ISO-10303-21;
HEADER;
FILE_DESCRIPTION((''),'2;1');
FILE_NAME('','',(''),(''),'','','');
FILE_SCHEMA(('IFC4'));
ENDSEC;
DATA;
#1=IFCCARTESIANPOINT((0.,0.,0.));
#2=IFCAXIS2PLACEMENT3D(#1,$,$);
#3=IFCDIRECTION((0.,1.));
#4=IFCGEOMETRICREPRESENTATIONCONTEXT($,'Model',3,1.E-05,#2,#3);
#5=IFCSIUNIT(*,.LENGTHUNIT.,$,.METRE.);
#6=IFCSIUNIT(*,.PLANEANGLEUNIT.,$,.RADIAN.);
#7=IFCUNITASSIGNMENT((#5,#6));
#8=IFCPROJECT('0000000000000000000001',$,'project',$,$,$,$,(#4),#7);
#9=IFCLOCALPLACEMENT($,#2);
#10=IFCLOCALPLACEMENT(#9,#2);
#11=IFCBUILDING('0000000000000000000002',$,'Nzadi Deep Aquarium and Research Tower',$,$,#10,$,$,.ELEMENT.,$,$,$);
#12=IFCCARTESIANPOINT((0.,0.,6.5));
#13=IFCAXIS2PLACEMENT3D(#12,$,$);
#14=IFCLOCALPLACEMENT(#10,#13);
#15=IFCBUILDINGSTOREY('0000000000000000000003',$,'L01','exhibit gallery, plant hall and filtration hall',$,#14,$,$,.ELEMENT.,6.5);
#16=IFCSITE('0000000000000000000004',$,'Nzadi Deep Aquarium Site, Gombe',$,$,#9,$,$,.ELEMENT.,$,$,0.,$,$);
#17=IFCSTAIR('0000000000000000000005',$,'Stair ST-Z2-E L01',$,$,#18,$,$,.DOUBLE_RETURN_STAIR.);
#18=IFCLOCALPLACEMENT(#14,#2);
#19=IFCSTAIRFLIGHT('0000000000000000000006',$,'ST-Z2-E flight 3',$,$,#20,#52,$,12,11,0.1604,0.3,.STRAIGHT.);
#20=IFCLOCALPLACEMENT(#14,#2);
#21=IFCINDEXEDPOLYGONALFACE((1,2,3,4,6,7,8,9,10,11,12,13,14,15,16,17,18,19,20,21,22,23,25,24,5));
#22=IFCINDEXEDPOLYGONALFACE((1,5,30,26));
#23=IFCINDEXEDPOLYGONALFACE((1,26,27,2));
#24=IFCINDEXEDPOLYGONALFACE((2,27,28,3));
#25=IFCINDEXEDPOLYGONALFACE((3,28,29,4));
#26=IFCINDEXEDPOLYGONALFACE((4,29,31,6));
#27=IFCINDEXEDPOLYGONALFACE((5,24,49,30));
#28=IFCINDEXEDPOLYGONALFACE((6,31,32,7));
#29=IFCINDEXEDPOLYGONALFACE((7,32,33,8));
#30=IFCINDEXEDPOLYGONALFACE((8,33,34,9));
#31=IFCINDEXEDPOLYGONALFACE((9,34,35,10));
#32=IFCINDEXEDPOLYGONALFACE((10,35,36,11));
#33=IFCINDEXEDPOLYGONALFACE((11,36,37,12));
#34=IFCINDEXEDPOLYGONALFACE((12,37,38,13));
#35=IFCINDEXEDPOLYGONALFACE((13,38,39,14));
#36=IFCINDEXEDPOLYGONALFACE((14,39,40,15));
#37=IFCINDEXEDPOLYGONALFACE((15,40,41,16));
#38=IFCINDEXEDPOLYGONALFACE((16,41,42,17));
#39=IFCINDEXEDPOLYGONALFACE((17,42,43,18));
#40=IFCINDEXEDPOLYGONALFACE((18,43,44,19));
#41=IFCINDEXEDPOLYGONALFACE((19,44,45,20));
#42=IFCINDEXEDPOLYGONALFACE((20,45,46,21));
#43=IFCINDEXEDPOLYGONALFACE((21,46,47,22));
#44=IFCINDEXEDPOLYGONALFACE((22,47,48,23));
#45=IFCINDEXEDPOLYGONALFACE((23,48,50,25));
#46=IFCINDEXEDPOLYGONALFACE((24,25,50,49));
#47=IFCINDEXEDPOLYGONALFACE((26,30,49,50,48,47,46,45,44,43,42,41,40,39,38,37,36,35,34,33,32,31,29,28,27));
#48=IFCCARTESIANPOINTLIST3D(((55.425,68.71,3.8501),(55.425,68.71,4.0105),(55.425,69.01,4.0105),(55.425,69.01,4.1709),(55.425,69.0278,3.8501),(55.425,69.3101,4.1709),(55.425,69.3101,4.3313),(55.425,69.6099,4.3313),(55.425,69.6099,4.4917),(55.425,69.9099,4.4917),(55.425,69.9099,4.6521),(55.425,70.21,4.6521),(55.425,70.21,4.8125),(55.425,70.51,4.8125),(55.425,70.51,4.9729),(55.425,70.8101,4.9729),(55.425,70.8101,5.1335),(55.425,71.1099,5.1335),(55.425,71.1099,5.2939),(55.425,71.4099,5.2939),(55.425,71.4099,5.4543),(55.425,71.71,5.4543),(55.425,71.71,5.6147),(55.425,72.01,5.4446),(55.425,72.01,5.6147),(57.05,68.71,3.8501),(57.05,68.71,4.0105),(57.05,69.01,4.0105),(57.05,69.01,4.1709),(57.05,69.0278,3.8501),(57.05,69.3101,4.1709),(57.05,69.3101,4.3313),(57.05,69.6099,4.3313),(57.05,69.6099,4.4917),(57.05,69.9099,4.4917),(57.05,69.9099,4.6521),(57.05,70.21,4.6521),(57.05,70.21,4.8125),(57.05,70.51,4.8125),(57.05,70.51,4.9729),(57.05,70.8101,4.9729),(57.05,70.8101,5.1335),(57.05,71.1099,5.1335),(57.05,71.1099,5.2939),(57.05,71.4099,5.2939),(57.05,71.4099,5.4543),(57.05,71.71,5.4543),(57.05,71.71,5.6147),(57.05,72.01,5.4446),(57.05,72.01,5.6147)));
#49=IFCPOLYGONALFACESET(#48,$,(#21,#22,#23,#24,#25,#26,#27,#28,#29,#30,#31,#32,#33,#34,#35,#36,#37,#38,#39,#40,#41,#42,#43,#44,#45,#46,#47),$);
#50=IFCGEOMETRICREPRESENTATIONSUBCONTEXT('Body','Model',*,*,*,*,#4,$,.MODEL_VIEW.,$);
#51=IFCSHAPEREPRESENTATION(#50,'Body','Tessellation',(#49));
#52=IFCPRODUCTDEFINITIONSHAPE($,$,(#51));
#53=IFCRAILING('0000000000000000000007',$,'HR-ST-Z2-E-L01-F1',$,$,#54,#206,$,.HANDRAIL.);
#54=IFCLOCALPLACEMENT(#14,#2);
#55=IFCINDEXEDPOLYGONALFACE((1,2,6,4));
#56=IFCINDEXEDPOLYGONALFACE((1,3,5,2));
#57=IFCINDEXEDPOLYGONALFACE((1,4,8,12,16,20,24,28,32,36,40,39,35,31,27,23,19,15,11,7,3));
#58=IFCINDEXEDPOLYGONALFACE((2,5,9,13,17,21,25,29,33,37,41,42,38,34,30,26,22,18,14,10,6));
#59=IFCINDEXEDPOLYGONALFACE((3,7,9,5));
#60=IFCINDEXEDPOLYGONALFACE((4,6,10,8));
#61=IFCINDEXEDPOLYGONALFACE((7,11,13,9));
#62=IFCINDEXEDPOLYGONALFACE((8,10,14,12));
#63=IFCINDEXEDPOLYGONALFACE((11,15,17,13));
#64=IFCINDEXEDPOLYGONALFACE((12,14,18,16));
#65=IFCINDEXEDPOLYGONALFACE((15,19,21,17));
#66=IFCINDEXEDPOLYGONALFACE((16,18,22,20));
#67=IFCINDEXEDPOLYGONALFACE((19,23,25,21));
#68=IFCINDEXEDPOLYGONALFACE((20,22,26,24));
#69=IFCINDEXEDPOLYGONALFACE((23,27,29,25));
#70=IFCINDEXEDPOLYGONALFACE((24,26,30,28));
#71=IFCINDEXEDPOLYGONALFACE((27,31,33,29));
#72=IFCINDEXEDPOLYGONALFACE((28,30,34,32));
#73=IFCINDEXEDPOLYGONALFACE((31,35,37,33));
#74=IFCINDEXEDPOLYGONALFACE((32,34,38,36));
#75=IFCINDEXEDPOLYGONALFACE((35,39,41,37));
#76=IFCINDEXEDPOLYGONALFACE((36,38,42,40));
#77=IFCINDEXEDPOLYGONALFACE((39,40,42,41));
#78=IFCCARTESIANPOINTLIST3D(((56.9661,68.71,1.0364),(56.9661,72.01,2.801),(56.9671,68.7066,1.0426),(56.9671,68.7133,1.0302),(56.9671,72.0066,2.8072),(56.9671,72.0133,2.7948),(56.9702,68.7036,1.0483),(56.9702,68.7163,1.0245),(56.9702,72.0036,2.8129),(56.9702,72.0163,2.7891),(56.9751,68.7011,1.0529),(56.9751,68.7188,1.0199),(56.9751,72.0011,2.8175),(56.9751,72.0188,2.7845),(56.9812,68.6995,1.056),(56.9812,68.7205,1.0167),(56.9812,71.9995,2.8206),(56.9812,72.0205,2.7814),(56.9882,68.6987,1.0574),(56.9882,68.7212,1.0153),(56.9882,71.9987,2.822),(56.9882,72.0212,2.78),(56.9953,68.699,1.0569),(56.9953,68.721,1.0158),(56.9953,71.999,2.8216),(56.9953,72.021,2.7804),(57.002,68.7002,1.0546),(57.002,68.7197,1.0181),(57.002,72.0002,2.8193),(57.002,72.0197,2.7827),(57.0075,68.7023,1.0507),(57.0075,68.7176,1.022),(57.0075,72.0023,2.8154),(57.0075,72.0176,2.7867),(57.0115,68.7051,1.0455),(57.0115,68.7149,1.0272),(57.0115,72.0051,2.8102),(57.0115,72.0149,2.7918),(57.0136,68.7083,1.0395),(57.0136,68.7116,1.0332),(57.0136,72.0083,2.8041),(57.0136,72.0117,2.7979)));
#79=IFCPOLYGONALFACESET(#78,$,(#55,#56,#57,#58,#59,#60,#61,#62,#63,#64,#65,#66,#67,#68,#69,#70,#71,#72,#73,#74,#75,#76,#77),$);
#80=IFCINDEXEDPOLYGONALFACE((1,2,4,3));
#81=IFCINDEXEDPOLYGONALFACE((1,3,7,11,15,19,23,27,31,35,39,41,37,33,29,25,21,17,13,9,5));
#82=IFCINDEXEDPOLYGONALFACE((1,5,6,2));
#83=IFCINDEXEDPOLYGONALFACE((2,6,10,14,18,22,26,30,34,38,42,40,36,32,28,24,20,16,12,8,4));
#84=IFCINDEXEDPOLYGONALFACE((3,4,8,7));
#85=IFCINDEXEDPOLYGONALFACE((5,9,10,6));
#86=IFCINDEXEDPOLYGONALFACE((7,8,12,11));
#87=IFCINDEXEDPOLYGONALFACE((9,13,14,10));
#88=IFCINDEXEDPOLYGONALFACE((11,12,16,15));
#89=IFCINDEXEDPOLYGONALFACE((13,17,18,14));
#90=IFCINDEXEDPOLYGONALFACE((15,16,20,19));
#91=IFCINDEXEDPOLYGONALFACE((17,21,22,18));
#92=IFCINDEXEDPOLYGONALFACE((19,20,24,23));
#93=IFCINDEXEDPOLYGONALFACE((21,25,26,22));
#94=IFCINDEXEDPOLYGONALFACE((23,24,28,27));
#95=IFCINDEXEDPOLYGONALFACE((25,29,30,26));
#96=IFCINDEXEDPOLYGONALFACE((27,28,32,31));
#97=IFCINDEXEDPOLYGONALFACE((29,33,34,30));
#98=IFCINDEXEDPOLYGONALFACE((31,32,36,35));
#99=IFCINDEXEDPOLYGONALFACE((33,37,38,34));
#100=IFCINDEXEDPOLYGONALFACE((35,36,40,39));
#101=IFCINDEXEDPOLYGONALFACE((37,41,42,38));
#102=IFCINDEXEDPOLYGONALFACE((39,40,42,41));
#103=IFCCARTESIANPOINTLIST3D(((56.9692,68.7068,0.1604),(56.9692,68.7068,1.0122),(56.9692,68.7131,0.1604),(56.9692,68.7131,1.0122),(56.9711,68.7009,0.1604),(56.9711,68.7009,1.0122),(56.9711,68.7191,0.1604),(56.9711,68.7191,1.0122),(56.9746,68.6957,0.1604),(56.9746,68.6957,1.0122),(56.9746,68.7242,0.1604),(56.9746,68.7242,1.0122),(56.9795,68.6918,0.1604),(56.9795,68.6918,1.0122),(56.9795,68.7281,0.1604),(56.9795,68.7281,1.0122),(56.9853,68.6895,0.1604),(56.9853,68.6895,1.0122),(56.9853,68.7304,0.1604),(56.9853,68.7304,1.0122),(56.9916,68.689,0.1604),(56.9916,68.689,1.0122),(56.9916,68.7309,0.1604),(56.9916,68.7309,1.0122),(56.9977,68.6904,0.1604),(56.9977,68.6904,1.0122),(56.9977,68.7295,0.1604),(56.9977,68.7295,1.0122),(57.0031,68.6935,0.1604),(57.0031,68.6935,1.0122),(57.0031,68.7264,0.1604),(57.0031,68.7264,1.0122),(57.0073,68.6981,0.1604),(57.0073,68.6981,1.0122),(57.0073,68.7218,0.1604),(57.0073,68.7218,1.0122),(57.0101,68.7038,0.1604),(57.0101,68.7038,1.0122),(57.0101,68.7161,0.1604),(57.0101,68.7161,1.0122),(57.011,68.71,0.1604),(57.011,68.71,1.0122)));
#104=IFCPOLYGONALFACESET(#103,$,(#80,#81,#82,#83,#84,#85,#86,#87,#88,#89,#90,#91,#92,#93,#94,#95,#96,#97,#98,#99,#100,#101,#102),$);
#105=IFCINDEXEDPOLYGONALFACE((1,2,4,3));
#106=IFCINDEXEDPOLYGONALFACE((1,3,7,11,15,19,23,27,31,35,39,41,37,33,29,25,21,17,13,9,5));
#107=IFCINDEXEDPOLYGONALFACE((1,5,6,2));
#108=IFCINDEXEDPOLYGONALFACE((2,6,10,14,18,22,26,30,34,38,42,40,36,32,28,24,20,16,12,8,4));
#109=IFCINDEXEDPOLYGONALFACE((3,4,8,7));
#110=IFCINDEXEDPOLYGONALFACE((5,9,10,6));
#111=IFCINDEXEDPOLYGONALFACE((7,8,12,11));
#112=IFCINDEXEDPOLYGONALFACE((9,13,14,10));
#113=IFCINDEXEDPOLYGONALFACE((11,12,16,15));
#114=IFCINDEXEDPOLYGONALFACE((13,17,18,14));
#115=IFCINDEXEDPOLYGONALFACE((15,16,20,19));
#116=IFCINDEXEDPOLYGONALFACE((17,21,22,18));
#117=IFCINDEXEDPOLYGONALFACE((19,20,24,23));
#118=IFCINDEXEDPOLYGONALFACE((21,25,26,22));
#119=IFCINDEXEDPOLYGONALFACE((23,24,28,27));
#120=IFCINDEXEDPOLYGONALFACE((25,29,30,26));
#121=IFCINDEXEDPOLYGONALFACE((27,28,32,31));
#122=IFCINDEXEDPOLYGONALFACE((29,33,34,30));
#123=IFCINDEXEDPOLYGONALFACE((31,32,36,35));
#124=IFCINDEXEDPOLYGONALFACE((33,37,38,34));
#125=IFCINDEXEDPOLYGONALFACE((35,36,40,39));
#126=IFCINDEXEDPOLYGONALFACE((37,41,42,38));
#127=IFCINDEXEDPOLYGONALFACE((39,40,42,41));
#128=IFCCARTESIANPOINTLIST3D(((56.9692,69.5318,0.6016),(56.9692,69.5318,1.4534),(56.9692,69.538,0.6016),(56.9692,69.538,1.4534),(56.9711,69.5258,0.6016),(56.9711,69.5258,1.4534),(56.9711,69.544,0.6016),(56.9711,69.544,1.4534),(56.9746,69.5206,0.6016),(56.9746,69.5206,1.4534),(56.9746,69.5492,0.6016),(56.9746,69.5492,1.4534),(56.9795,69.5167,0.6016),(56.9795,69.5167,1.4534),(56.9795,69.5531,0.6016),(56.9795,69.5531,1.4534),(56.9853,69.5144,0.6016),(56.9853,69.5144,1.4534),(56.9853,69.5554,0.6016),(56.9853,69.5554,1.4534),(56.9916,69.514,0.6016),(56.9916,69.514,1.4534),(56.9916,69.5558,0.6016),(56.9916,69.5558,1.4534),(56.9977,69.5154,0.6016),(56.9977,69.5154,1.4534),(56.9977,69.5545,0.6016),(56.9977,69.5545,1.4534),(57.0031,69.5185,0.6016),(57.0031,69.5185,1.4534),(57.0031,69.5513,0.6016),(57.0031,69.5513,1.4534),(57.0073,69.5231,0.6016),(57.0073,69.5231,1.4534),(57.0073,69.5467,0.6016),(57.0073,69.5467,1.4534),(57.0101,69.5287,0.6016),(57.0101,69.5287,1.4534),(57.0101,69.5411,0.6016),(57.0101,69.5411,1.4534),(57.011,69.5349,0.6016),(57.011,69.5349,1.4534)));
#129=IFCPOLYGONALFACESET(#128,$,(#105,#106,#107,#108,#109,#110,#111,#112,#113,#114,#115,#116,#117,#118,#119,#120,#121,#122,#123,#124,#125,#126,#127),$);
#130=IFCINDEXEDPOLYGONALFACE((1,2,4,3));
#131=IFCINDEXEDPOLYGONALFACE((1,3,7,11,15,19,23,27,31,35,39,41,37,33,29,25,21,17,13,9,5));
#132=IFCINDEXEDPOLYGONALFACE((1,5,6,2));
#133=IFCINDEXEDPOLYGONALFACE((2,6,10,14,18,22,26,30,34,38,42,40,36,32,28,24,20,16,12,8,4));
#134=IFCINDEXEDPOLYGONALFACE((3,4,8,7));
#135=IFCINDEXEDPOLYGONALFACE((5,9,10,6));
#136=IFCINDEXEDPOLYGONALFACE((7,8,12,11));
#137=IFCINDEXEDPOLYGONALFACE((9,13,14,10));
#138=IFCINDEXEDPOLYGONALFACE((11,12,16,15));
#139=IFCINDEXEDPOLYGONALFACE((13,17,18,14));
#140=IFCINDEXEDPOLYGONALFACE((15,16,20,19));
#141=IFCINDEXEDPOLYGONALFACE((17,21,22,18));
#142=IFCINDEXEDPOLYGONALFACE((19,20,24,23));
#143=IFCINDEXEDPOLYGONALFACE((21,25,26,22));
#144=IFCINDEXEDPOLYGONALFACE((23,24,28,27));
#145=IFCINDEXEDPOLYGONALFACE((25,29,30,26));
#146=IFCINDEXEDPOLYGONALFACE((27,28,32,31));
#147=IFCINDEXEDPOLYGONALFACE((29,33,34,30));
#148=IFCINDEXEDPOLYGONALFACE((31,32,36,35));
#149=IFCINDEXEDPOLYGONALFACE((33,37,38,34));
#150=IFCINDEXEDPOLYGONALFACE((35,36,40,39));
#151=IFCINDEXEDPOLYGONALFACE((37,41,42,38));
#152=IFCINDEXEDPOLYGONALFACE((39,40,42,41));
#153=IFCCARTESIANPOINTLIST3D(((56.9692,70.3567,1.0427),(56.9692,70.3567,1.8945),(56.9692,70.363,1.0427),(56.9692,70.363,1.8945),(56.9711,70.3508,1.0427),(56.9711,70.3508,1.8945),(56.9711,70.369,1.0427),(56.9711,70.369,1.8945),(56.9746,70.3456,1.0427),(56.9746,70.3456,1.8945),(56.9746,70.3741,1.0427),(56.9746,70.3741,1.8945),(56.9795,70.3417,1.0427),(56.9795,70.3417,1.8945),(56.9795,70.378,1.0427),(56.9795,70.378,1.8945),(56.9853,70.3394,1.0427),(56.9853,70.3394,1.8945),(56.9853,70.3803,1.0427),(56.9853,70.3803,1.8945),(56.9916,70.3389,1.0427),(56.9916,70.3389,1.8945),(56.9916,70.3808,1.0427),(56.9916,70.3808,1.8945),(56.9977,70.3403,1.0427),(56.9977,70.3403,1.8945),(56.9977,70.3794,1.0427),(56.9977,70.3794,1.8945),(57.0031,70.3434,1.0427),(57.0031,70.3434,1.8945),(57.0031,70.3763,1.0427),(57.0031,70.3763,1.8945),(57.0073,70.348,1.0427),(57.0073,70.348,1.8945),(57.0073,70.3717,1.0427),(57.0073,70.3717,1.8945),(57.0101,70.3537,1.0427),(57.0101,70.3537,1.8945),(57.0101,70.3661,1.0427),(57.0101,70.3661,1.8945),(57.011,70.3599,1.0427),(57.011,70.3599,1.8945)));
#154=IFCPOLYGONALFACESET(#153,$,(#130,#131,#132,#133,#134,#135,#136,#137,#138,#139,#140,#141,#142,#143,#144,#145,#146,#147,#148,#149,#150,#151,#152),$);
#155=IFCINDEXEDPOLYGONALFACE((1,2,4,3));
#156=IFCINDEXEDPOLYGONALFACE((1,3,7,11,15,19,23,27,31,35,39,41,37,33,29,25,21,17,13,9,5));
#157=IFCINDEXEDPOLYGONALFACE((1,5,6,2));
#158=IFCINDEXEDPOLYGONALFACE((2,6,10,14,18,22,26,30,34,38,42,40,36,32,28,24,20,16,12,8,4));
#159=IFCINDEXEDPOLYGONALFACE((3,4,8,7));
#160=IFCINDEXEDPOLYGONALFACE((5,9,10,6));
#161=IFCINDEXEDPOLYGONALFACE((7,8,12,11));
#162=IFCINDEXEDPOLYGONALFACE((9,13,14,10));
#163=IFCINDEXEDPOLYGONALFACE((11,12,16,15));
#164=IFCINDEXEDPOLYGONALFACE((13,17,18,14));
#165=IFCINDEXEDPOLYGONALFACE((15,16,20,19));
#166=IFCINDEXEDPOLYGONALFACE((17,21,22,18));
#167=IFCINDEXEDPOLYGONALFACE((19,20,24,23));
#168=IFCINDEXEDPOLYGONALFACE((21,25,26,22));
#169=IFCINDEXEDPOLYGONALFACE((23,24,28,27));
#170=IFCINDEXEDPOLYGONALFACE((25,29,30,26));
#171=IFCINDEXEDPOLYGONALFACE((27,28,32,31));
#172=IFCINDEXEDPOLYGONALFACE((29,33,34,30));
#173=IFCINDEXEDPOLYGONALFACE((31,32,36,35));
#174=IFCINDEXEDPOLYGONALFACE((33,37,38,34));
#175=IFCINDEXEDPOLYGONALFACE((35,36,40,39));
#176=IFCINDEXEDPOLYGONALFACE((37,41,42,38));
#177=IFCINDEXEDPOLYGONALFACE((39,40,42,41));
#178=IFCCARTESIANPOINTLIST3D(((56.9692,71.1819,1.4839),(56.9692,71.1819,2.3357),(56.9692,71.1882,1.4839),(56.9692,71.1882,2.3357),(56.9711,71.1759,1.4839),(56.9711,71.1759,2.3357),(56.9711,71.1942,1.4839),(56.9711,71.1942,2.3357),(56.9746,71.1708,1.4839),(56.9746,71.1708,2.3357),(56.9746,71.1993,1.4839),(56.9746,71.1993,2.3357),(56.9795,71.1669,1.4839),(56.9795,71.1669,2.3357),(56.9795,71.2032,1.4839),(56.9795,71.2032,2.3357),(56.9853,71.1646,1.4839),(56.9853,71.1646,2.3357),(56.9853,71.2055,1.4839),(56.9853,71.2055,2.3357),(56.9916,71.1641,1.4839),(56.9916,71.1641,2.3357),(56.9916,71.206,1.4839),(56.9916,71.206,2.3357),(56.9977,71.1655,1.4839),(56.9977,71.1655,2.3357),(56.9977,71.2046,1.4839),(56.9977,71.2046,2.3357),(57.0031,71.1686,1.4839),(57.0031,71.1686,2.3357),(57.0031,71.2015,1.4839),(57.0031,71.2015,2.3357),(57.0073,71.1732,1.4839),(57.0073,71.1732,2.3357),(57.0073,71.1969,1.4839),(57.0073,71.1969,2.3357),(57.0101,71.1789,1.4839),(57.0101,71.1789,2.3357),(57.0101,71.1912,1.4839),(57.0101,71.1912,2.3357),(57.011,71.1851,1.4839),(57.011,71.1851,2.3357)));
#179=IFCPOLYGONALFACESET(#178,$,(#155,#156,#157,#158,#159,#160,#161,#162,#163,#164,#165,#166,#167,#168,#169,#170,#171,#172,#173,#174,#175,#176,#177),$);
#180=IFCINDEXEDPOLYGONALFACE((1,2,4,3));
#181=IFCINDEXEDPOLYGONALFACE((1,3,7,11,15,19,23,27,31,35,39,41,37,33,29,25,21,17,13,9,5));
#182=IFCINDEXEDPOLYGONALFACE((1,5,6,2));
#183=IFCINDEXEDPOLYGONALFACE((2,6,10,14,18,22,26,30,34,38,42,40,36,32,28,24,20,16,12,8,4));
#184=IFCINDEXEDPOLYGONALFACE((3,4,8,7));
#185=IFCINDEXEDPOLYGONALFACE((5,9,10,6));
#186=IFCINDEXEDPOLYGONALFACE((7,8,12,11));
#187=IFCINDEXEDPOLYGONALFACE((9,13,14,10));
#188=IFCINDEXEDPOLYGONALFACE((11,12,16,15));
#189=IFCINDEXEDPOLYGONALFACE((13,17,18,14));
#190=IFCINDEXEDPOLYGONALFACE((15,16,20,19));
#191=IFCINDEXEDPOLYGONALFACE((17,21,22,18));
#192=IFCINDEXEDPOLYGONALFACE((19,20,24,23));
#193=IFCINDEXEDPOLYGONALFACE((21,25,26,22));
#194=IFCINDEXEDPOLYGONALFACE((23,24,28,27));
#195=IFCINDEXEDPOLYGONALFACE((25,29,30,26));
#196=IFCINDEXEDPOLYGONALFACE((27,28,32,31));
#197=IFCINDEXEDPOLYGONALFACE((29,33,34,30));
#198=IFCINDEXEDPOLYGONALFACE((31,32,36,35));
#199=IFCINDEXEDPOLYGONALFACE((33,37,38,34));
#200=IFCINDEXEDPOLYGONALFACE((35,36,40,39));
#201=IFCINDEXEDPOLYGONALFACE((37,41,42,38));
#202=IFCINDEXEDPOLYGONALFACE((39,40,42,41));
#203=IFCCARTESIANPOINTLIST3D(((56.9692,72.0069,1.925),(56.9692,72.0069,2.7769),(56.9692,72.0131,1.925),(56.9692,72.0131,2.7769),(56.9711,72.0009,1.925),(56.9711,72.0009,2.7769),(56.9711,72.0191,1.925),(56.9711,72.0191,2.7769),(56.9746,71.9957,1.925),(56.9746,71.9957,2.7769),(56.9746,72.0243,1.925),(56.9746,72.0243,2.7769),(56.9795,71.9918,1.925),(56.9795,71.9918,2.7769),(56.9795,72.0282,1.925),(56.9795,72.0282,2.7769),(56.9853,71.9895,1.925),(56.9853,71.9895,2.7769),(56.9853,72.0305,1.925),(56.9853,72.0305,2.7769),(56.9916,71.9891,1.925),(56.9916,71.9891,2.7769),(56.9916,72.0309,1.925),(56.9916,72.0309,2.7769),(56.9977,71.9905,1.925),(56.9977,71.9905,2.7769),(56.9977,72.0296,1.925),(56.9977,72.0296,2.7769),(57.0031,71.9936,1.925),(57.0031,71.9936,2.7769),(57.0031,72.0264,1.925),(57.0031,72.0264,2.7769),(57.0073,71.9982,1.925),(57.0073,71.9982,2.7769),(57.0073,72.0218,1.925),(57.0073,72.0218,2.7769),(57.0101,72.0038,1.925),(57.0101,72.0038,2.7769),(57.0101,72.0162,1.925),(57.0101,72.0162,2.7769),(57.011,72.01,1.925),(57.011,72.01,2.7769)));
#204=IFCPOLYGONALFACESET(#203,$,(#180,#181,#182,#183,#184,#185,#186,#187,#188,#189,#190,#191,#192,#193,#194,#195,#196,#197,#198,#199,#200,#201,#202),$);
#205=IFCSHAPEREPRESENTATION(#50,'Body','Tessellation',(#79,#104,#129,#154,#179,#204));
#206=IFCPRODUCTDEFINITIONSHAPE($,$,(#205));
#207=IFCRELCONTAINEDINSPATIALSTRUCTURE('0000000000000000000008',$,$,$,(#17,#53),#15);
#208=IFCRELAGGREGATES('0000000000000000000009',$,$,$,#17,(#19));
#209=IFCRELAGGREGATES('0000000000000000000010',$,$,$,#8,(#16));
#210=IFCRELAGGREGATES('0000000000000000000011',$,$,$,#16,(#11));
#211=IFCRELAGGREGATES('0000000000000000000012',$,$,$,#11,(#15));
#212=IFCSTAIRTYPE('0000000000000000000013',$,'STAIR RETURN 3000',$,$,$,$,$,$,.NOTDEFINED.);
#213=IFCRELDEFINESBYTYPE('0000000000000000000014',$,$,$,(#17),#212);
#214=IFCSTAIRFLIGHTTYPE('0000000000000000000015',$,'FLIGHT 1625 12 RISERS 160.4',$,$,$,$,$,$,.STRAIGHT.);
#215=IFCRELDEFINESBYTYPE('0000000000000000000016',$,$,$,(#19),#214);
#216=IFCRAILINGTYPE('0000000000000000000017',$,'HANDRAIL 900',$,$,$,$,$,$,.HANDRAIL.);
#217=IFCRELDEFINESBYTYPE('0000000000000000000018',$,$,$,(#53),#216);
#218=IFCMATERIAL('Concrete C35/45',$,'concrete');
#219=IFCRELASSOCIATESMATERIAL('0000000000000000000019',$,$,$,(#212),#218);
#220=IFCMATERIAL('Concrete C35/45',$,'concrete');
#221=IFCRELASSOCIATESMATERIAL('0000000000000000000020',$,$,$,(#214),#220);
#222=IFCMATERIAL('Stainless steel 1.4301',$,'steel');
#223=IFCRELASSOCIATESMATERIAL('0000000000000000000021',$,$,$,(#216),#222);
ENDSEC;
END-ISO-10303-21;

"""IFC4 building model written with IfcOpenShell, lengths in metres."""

from ifc_helpers import new_model, si_unit, direction, frame, origin, origin_2d, place, context, subcontext, project, spatial, polyline, circle, outline, extrude, material, type_object, element, aggregate, save


model = new_model("IFC4")

# Units and contexts
model_context = context("Model", 3, precision=1e-05, world=origin(), true_north=direction((0.0, 1.0)))
body_context = subcontext(model_context, "Body", "Model", "MODEL_VIEW")
ifc_project = project(units=[si_unit("LENGTHUNIT", "METRE"), si_unit("PLANEANGLEUNIT", "RADIAN")], contexts=[model_context])

# Site, building, storey
site_placement = place(None, origin())
site = spatial("IfcSite", under=ifc_project, at=site_placement, Name="Nzadi Deep Aquarium Site, Gombe", CompositionType="ELEMENT", RefElevation=0.0)
building_placement = place(site_placement, origin())
building = spatial("IfcBuilding", under=site, at=building_placement, Name="Nzadi Deep Aquarium and Research Tower", CompositionType="ELEMENT")
storey_placement = place(building_placement, frame((0.0, 0.0, 6.5)))
storey = spatial("IfcBuildingStorey", under=building, at=storey_placement, Name="L01", Description="exhibit gallery, plant hall and filtration hall", CompositionType="ELEMENT", Elevation=6.5)

# Stair, stair flight
ifc_material_1 = material(Name="Concrete C35/45", Category="concrete")
stair_type = type_object("IfcStairType", Name="STAIR RETURN 3000", PredefinedType="NOTDEFINED", material=ifc_material_1)
stair_placement = place(storey_placement, origin())
stair = element("IfcStair", 1, at=stair_placement, inside=storey, type_object=stair_type, Name="Stair ST-Z2-E L01", PredefinedType="DOUBLE_RETURN_STAIR")
ifc_material_2 = material(Name="Concrete C35/45", Category="concrete")
stair_flight_type = type_object("IfcStairFlightType", Name="FLIGHT 1625 12 RISERS 160.4", PredefinedType="STRAIGHT", material=ifc_material_2)
stair_flight_1_placement = place(storey_placement, frame((56.2375, 68.71, 3.8501), z_axis=(0.0, 0.0, 1.0), x_axis=(0.0, 1.0, 0.0)))
stair_flight_1 = element("IfcStairFlight", 2, at=stair_flight_1_placement, type_object=stair_flight_type, Name="ST-Z2-E flight 3", NumberOfRisers=12, NumberOfTreads=11, PredefinedType="STRAIGHT", RiserHeight=0.1604, TreadLength=0.3, context=body_context, shape_type="SweptSolid", body=[
    extrude(outline(polyline([(0.0, 0.0), (0.0, 0.1604), (0.3, 0.1604), (0.3, 0.3208), (0.6001, 0.3208), (0.6001, 0.4812), (0.8999, 0.4812), (0.8999, 0.6416), (1.2, 0.6416), (1.2, 0.802), (1.5, 0.802), (1.5, 0.9624), (1.8, 0.9624), (1.8, 1.1228), (2.1001, 1.1228), (2.1001, 1.2834), (2.3999, 1.2834), (2.3999, 1.4438), (2.7, 1.4438), (2.7, 1.6042), (3.0, 1.6042), (3.0, 1.7646), (3.3, 1.7646), (3.3, 1.925), (3.3, 1.5945), (0.3179, 0.0), (0.0, 0.0)])), frame((0.0, 0.8125, 0.0), z_axis=(0.0, -1.0, 0.0), x_axis=(1.0, 0.0, 0.0)), (0.0, 0.0, 1.0), 1.625),
])
aggregate(stair, [stair_flight_1])

# Railing
ifc_material_3 = material(Name="Stainless steel 1.4301", Category="steel")
railing_type = type_object("IfcRailingType", Name="HANDRAIL 900", PredefinedType="HANDRAIL", material=ifc_material_3)
for number, where, name in (
    (3, (56.99, 68.71, 0.1604), "HR-ST-Z2-E-L01-F1"),
):
    element("IfcRailing", number, at=place(storey_placement, frame(where)), inside=storey, type_object=railing_type, Name=name, PredefinedType="HANDRAIL", context=body_context, shape_type="SweptSolid", body=[
        extrude(circle(Radius=0.0239, at=origin_2d()), frame((0.0, 0.0, 0.876), z_axis=(0.0, 0.88184, 0.47155), x_axis=(-1.0, 0.0, 0.0)), (0.0, 0.0, 1.0), 3.7422),
        extrude(circle(Radius=0.021, at=origin_2d()), origin(), (0.0, 0.0, 1.0), 0.8518),
        extrude(circle(Radius=0.021, at=origin_2d()), frame((0.0, 0.825, 0.4412)), (0.0, 0.0, 1.0), 0.8518),
        extrude(circle(Radius=0.021, at=origin_2d()), frame((0.0, 1.6499, 0.8823)), (0.0, 0.0, 1.0), 0.8518),
        extrude(circle(Radius=0.021, at=origin_2d()), frame((0.0, 2.4751, 1.3235)), (0.0, 0.0, 1.0), 0.8518),
        extrude(circle(Radius=0.021, at=origin_2d()), frame((0.0, 3.3, 1.7646)), (0.0, 0.0, 1.0), 0.8518),
    ])

save(model, "model.ifc")
